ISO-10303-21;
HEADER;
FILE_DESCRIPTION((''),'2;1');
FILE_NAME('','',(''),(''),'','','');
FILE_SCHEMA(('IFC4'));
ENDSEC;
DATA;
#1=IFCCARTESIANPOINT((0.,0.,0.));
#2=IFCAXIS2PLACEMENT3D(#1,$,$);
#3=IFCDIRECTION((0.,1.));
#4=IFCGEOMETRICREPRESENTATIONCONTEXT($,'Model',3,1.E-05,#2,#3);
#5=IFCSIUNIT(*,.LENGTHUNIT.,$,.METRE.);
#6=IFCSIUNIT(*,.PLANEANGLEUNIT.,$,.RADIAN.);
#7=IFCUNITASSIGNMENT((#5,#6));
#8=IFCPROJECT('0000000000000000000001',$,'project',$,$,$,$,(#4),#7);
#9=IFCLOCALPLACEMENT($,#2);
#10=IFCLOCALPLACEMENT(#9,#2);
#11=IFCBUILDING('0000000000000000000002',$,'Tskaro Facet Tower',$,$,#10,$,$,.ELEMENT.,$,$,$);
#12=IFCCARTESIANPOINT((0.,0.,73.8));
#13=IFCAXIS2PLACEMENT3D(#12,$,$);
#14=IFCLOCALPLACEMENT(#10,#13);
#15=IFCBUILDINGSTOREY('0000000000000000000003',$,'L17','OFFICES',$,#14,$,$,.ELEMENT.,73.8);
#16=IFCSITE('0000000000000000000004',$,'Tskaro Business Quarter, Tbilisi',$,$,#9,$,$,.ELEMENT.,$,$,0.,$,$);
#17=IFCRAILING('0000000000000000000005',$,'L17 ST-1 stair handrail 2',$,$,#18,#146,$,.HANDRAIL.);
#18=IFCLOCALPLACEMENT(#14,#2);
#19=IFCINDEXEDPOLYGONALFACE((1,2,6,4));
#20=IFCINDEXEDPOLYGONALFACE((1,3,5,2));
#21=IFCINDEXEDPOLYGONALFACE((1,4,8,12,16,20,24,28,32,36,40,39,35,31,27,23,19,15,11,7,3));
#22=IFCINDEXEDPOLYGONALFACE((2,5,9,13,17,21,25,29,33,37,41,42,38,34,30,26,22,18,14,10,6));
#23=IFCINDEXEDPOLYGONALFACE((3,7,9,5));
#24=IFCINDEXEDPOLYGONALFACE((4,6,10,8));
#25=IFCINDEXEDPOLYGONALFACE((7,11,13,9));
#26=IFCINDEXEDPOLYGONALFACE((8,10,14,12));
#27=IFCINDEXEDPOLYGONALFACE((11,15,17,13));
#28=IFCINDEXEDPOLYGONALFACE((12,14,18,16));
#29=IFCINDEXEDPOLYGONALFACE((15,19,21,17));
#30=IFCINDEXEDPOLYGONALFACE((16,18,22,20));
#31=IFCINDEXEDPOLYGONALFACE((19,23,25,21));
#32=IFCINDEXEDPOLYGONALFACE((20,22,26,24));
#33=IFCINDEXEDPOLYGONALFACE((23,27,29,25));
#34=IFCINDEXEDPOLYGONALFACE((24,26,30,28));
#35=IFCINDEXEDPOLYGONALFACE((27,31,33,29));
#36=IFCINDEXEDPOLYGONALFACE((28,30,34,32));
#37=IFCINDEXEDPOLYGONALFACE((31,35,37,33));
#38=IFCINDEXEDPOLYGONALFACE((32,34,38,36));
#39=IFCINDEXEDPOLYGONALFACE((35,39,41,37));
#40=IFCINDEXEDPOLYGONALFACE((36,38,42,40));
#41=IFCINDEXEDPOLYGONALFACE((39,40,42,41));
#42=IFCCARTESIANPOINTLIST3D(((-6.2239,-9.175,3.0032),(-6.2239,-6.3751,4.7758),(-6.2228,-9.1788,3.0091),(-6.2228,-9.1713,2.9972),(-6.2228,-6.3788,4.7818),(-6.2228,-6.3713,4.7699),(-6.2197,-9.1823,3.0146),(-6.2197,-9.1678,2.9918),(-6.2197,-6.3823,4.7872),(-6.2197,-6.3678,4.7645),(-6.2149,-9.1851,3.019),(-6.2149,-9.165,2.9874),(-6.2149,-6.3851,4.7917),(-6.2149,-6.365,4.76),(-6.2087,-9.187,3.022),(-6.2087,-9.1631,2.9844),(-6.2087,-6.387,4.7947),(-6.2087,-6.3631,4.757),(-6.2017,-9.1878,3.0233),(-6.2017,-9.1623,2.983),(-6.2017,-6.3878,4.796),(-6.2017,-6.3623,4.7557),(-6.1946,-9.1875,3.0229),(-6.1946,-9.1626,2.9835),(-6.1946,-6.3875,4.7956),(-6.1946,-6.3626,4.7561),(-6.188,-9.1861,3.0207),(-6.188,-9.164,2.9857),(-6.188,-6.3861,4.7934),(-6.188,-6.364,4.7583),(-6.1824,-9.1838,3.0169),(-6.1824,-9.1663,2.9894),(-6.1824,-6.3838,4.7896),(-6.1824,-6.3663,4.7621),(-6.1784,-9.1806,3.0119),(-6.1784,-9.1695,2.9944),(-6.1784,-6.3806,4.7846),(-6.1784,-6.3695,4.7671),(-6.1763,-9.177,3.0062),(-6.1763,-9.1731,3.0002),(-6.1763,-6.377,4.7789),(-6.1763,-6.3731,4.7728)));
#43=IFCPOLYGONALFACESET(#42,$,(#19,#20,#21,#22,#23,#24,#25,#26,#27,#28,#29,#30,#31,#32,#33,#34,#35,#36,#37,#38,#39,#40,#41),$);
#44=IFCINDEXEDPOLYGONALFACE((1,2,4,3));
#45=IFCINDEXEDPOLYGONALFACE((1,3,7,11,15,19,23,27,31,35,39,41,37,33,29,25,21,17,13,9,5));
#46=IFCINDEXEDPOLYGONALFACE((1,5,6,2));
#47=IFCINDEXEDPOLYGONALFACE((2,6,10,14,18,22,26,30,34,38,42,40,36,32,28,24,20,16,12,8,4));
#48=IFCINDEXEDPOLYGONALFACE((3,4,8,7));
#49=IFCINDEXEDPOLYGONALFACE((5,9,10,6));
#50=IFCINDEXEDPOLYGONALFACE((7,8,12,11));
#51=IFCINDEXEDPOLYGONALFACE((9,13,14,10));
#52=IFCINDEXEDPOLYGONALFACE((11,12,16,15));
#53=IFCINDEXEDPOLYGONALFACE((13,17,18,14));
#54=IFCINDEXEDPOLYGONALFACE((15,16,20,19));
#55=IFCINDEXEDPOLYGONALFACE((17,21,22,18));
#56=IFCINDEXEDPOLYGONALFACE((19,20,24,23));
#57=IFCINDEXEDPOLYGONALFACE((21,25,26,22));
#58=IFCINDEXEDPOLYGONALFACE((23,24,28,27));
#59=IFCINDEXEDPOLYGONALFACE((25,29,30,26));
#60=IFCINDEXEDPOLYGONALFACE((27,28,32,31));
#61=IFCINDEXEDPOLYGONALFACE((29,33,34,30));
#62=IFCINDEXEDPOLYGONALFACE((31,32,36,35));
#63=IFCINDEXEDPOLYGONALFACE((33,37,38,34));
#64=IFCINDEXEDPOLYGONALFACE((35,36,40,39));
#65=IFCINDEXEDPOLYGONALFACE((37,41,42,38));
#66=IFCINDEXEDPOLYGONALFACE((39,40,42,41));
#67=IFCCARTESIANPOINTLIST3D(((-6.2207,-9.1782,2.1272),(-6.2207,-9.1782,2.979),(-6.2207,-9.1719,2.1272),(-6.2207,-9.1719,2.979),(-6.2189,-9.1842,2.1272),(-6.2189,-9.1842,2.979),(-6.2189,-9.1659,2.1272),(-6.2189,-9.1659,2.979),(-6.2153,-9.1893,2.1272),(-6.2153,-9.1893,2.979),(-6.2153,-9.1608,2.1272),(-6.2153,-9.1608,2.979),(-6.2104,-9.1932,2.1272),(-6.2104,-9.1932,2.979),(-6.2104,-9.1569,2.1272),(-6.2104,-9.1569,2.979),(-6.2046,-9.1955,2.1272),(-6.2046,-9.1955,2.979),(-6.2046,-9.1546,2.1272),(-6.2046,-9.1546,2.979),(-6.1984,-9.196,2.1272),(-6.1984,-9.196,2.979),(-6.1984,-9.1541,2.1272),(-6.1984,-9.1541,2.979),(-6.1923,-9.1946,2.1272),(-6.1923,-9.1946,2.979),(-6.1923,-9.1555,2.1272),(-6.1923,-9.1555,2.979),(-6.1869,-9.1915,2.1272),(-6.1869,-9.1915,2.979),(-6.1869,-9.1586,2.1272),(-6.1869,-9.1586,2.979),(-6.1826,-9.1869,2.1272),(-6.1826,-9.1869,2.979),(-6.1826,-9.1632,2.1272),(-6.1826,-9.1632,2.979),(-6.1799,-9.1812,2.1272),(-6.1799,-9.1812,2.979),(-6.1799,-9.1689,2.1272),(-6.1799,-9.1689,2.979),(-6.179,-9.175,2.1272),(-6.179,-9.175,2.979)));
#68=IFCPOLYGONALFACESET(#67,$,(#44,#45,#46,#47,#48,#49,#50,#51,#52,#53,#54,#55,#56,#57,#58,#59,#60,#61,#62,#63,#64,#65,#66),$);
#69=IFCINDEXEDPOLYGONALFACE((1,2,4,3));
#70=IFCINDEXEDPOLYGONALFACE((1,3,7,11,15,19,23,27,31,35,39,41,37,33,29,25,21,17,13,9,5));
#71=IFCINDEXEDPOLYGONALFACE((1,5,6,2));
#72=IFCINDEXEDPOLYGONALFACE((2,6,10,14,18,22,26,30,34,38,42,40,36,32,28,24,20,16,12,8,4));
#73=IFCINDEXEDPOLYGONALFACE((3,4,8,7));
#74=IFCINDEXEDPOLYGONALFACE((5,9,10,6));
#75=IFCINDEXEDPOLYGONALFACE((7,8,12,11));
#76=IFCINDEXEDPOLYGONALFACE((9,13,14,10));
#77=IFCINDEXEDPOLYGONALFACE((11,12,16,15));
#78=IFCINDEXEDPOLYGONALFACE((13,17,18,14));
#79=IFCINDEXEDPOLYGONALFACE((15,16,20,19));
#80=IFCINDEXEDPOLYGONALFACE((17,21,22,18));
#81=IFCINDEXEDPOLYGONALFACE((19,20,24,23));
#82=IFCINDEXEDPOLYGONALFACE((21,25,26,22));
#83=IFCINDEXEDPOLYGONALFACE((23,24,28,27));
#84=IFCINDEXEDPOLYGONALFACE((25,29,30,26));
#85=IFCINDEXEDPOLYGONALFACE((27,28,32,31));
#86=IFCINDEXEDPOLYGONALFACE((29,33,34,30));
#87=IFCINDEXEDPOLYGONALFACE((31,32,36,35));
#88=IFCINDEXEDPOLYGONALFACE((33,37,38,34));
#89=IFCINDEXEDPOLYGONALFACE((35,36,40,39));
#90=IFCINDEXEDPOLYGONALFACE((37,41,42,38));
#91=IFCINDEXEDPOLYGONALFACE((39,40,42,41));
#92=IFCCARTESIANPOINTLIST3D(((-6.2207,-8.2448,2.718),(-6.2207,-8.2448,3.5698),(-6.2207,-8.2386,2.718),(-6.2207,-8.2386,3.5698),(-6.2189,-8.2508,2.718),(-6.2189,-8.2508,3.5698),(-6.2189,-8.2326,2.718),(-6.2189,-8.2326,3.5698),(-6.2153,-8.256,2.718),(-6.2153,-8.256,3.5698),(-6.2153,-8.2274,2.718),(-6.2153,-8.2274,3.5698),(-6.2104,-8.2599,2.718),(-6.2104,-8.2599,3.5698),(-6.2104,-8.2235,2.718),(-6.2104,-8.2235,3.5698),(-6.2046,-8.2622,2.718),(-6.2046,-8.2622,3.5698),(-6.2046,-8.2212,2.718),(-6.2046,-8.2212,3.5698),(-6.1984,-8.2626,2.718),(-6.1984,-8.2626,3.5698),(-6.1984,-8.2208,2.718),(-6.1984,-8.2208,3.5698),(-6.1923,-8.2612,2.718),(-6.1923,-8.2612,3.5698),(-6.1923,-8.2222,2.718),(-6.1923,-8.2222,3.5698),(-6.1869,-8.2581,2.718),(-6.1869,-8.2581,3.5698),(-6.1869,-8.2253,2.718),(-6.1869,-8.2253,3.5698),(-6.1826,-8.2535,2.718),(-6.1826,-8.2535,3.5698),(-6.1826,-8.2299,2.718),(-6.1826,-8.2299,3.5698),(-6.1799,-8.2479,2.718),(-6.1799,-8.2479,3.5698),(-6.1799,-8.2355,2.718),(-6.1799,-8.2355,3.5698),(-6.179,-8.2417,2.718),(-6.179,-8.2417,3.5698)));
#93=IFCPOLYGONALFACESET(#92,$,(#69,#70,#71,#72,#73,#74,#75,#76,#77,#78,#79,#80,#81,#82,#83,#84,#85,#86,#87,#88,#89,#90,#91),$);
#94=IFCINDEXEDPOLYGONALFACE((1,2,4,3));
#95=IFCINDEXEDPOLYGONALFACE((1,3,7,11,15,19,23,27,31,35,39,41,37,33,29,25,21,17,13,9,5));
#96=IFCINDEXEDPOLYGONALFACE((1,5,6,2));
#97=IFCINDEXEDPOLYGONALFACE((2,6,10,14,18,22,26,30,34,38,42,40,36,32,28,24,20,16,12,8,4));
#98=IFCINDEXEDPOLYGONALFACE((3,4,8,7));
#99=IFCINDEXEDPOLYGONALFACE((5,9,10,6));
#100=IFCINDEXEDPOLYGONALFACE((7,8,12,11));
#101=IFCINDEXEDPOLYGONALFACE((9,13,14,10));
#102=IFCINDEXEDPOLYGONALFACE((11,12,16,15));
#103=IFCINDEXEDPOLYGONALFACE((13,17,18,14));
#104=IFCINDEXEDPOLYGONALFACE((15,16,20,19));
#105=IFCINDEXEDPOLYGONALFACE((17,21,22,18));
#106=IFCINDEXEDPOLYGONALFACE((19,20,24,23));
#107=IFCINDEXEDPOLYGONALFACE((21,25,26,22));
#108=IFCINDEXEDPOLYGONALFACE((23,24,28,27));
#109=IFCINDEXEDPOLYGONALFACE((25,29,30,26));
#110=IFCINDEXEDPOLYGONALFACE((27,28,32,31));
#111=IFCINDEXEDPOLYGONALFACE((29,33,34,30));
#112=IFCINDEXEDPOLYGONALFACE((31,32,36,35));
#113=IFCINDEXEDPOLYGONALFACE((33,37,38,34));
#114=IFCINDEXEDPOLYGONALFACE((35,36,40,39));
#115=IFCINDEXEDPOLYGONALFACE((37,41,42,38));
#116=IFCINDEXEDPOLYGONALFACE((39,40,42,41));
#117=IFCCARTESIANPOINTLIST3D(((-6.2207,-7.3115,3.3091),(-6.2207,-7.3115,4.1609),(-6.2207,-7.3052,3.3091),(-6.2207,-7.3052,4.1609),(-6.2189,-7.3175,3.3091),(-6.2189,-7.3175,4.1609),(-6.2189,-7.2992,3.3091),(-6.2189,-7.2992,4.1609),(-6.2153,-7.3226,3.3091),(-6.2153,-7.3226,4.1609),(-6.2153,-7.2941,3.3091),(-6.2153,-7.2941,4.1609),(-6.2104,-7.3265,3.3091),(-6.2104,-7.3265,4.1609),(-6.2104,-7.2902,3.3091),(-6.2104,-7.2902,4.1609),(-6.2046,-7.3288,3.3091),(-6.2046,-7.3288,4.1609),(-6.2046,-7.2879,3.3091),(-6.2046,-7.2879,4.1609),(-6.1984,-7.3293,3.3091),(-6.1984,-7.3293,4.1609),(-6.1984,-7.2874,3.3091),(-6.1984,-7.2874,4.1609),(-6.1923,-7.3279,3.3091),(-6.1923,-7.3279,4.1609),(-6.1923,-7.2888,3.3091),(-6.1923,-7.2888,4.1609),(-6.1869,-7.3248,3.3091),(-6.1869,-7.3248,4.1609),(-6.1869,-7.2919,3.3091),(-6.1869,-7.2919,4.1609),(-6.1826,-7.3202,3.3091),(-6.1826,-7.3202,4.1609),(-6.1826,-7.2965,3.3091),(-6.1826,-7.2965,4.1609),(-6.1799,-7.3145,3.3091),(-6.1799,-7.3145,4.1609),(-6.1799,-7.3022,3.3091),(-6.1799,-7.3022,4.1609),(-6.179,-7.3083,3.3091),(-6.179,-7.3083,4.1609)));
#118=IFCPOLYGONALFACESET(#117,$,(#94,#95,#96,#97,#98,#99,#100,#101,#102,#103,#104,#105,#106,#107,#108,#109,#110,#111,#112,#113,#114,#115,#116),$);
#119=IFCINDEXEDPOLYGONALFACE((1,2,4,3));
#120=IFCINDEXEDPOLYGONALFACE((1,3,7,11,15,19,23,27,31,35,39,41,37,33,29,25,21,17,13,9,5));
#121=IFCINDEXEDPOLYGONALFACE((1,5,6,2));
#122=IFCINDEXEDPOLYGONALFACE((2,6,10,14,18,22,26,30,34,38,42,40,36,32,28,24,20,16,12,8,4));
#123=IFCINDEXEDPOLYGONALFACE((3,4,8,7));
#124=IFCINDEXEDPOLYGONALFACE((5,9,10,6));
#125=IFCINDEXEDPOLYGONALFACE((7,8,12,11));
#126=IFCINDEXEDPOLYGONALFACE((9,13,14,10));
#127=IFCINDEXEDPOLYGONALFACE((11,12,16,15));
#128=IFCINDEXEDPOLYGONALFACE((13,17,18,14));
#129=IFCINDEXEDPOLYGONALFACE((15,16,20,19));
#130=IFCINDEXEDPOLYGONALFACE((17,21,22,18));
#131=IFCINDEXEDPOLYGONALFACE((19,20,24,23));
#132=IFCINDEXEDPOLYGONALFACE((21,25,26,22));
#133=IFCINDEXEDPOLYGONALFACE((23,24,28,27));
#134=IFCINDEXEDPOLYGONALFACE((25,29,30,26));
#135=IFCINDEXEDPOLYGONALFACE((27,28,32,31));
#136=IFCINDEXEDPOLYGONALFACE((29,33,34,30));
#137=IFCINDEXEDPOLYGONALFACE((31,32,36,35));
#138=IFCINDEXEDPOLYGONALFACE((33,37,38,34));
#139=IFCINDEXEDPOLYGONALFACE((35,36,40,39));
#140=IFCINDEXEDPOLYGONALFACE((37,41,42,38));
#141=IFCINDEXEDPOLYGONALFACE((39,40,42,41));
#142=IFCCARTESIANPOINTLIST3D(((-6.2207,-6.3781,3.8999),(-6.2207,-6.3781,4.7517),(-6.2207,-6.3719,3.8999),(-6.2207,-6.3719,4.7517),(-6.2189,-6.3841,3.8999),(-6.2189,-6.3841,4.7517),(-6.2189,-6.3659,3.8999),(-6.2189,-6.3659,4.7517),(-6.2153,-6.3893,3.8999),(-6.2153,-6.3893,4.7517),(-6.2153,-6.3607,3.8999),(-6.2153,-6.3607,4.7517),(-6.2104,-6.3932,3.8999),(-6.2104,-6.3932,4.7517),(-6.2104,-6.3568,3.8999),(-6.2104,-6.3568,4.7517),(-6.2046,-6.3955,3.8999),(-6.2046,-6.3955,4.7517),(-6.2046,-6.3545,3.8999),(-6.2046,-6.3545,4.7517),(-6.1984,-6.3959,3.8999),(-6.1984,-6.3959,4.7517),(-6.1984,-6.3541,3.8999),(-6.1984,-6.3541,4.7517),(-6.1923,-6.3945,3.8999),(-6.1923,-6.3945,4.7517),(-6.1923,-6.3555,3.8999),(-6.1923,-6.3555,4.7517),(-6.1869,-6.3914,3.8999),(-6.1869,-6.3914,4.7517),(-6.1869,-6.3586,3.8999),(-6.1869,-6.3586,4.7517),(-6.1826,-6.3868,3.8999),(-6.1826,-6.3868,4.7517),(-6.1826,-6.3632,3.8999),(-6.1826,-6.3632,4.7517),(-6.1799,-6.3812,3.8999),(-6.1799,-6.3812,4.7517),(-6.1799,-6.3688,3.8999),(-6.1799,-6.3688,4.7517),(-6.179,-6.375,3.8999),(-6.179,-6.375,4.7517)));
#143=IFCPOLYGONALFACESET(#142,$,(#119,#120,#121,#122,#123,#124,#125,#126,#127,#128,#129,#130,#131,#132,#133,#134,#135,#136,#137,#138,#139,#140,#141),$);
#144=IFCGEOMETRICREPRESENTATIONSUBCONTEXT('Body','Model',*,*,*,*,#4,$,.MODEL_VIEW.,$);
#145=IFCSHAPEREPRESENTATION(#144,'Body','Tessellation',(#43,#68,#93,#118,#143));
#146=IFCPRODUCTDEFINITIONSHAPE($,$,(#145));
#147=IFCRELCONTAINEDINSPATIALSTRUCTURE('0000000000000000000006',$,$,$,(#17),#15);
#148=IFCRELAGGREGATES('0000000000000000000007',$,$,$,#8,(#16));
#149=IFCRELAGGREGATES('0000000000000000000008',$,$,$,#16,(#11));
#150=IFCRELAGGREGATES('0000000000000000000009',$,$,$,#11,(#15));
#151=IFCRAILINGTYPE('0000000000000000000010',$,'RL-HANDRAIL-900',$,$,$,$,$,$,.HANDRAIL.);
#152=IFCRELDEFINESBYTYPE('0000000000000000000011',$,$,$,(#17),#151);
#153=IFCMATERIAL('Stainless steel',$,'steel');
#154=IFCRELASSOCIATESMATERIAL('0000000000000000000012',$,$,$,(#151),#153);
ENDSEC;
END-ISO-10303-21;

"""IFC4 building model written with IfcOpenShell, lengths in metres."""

from ifc_helpers import new_model, si_unit, direction, frame, origin, origin_2d, place, context, subcontext, project, spatial, circle, extrude, material, type_object, element, save


model = new_model("IFC4")

# Units and contexts
model_context = context("Model", 3, precision=1e-05, world=origin(), true_north=direction((0.0, 1.0)))
body_context = subcontext(model_context, "Body", "Model", "MODEL_VIEW")
ifc_project = project(units=[si_unit("LENGTHUNIT", "METRE"), si_unit("PLANEANGLEUNIT", "RADIAN")], contexts=[model_context])

# Site, building, storey
site_placement = place(None, origin())
site = spatial("IfcSite", under=ifc_project, at=site_placement, Name="Tskaro Business Quarter, Tbilisi", CompositionType="ELEMENT", RefElevation=0.0)
building_placement = place(site_placement, origin())
building = spatial("IfcBuilding", under=site, at=building_placement, Name="Tskaro Facet Tower", CompositionType="ELEMENT")
storey_placement = place(building_placement, frame((0.0, 0.0, 73.8)))
storey = spatial("IfcBuildingStorey", under=building, at=storey_placement, Name="L17", Description="OFFICES", CompositionType="ELEMENT", Elevation=73.8)

# Shared definitions
ifc_material_1 = material(Name="Stainless steel", Category="steel")

# Railing
railing_type_1 = type_object("IfcRailingType", Name="RL-HANDRAIL-900", PredefinedType="HANDRAIL", material=ifc_material_1)
railing_1_placement = place(storey_placement, frame((-6.2, -9.175, 2.1272)))
element("IfcRailing", 1, at=railing_1_placement, inside=storey, type_object=railing_type_1, Name="L17 ST-1 stair handrail 2", PredefinedType="HANDRAIL", context=body_context, shape_type="SweptSolid", body=[
    extrude(circle(Radius=0.0239, at=origin_2d()), frame((0.0, 0.0, 0.876), z_axis=(0.0, 0.844909, 0.53491), x_axis=(-1.0, 0.0, 0.0)), (0.0, 0.0, 1.0), 3.314),
    extrude(circle(Radius=0.021, at=origin_2d()), origin(), (0.0, 0.0, 1.0), 0.8518),
    extrude(circle(Radius=0.021, at=origin_2d()), frame((0.0, 0.9333, 0.5908)), (0.0, 0.0, 1.0), 0.8518),
    extrude(circle(Radius=0.021, at=origin_2d()), frame((0.0, 1.8667, 1.1819)), (0.0, 0.0, 1.0), 0.8518),
    extrude(circle(Radius=0.021, at=origin_2d()), frame((0.0, 2.8, 1.7727)), (0.0, 0.0, 1.0), 0.8518),
])

save(model, "model.ifc")
